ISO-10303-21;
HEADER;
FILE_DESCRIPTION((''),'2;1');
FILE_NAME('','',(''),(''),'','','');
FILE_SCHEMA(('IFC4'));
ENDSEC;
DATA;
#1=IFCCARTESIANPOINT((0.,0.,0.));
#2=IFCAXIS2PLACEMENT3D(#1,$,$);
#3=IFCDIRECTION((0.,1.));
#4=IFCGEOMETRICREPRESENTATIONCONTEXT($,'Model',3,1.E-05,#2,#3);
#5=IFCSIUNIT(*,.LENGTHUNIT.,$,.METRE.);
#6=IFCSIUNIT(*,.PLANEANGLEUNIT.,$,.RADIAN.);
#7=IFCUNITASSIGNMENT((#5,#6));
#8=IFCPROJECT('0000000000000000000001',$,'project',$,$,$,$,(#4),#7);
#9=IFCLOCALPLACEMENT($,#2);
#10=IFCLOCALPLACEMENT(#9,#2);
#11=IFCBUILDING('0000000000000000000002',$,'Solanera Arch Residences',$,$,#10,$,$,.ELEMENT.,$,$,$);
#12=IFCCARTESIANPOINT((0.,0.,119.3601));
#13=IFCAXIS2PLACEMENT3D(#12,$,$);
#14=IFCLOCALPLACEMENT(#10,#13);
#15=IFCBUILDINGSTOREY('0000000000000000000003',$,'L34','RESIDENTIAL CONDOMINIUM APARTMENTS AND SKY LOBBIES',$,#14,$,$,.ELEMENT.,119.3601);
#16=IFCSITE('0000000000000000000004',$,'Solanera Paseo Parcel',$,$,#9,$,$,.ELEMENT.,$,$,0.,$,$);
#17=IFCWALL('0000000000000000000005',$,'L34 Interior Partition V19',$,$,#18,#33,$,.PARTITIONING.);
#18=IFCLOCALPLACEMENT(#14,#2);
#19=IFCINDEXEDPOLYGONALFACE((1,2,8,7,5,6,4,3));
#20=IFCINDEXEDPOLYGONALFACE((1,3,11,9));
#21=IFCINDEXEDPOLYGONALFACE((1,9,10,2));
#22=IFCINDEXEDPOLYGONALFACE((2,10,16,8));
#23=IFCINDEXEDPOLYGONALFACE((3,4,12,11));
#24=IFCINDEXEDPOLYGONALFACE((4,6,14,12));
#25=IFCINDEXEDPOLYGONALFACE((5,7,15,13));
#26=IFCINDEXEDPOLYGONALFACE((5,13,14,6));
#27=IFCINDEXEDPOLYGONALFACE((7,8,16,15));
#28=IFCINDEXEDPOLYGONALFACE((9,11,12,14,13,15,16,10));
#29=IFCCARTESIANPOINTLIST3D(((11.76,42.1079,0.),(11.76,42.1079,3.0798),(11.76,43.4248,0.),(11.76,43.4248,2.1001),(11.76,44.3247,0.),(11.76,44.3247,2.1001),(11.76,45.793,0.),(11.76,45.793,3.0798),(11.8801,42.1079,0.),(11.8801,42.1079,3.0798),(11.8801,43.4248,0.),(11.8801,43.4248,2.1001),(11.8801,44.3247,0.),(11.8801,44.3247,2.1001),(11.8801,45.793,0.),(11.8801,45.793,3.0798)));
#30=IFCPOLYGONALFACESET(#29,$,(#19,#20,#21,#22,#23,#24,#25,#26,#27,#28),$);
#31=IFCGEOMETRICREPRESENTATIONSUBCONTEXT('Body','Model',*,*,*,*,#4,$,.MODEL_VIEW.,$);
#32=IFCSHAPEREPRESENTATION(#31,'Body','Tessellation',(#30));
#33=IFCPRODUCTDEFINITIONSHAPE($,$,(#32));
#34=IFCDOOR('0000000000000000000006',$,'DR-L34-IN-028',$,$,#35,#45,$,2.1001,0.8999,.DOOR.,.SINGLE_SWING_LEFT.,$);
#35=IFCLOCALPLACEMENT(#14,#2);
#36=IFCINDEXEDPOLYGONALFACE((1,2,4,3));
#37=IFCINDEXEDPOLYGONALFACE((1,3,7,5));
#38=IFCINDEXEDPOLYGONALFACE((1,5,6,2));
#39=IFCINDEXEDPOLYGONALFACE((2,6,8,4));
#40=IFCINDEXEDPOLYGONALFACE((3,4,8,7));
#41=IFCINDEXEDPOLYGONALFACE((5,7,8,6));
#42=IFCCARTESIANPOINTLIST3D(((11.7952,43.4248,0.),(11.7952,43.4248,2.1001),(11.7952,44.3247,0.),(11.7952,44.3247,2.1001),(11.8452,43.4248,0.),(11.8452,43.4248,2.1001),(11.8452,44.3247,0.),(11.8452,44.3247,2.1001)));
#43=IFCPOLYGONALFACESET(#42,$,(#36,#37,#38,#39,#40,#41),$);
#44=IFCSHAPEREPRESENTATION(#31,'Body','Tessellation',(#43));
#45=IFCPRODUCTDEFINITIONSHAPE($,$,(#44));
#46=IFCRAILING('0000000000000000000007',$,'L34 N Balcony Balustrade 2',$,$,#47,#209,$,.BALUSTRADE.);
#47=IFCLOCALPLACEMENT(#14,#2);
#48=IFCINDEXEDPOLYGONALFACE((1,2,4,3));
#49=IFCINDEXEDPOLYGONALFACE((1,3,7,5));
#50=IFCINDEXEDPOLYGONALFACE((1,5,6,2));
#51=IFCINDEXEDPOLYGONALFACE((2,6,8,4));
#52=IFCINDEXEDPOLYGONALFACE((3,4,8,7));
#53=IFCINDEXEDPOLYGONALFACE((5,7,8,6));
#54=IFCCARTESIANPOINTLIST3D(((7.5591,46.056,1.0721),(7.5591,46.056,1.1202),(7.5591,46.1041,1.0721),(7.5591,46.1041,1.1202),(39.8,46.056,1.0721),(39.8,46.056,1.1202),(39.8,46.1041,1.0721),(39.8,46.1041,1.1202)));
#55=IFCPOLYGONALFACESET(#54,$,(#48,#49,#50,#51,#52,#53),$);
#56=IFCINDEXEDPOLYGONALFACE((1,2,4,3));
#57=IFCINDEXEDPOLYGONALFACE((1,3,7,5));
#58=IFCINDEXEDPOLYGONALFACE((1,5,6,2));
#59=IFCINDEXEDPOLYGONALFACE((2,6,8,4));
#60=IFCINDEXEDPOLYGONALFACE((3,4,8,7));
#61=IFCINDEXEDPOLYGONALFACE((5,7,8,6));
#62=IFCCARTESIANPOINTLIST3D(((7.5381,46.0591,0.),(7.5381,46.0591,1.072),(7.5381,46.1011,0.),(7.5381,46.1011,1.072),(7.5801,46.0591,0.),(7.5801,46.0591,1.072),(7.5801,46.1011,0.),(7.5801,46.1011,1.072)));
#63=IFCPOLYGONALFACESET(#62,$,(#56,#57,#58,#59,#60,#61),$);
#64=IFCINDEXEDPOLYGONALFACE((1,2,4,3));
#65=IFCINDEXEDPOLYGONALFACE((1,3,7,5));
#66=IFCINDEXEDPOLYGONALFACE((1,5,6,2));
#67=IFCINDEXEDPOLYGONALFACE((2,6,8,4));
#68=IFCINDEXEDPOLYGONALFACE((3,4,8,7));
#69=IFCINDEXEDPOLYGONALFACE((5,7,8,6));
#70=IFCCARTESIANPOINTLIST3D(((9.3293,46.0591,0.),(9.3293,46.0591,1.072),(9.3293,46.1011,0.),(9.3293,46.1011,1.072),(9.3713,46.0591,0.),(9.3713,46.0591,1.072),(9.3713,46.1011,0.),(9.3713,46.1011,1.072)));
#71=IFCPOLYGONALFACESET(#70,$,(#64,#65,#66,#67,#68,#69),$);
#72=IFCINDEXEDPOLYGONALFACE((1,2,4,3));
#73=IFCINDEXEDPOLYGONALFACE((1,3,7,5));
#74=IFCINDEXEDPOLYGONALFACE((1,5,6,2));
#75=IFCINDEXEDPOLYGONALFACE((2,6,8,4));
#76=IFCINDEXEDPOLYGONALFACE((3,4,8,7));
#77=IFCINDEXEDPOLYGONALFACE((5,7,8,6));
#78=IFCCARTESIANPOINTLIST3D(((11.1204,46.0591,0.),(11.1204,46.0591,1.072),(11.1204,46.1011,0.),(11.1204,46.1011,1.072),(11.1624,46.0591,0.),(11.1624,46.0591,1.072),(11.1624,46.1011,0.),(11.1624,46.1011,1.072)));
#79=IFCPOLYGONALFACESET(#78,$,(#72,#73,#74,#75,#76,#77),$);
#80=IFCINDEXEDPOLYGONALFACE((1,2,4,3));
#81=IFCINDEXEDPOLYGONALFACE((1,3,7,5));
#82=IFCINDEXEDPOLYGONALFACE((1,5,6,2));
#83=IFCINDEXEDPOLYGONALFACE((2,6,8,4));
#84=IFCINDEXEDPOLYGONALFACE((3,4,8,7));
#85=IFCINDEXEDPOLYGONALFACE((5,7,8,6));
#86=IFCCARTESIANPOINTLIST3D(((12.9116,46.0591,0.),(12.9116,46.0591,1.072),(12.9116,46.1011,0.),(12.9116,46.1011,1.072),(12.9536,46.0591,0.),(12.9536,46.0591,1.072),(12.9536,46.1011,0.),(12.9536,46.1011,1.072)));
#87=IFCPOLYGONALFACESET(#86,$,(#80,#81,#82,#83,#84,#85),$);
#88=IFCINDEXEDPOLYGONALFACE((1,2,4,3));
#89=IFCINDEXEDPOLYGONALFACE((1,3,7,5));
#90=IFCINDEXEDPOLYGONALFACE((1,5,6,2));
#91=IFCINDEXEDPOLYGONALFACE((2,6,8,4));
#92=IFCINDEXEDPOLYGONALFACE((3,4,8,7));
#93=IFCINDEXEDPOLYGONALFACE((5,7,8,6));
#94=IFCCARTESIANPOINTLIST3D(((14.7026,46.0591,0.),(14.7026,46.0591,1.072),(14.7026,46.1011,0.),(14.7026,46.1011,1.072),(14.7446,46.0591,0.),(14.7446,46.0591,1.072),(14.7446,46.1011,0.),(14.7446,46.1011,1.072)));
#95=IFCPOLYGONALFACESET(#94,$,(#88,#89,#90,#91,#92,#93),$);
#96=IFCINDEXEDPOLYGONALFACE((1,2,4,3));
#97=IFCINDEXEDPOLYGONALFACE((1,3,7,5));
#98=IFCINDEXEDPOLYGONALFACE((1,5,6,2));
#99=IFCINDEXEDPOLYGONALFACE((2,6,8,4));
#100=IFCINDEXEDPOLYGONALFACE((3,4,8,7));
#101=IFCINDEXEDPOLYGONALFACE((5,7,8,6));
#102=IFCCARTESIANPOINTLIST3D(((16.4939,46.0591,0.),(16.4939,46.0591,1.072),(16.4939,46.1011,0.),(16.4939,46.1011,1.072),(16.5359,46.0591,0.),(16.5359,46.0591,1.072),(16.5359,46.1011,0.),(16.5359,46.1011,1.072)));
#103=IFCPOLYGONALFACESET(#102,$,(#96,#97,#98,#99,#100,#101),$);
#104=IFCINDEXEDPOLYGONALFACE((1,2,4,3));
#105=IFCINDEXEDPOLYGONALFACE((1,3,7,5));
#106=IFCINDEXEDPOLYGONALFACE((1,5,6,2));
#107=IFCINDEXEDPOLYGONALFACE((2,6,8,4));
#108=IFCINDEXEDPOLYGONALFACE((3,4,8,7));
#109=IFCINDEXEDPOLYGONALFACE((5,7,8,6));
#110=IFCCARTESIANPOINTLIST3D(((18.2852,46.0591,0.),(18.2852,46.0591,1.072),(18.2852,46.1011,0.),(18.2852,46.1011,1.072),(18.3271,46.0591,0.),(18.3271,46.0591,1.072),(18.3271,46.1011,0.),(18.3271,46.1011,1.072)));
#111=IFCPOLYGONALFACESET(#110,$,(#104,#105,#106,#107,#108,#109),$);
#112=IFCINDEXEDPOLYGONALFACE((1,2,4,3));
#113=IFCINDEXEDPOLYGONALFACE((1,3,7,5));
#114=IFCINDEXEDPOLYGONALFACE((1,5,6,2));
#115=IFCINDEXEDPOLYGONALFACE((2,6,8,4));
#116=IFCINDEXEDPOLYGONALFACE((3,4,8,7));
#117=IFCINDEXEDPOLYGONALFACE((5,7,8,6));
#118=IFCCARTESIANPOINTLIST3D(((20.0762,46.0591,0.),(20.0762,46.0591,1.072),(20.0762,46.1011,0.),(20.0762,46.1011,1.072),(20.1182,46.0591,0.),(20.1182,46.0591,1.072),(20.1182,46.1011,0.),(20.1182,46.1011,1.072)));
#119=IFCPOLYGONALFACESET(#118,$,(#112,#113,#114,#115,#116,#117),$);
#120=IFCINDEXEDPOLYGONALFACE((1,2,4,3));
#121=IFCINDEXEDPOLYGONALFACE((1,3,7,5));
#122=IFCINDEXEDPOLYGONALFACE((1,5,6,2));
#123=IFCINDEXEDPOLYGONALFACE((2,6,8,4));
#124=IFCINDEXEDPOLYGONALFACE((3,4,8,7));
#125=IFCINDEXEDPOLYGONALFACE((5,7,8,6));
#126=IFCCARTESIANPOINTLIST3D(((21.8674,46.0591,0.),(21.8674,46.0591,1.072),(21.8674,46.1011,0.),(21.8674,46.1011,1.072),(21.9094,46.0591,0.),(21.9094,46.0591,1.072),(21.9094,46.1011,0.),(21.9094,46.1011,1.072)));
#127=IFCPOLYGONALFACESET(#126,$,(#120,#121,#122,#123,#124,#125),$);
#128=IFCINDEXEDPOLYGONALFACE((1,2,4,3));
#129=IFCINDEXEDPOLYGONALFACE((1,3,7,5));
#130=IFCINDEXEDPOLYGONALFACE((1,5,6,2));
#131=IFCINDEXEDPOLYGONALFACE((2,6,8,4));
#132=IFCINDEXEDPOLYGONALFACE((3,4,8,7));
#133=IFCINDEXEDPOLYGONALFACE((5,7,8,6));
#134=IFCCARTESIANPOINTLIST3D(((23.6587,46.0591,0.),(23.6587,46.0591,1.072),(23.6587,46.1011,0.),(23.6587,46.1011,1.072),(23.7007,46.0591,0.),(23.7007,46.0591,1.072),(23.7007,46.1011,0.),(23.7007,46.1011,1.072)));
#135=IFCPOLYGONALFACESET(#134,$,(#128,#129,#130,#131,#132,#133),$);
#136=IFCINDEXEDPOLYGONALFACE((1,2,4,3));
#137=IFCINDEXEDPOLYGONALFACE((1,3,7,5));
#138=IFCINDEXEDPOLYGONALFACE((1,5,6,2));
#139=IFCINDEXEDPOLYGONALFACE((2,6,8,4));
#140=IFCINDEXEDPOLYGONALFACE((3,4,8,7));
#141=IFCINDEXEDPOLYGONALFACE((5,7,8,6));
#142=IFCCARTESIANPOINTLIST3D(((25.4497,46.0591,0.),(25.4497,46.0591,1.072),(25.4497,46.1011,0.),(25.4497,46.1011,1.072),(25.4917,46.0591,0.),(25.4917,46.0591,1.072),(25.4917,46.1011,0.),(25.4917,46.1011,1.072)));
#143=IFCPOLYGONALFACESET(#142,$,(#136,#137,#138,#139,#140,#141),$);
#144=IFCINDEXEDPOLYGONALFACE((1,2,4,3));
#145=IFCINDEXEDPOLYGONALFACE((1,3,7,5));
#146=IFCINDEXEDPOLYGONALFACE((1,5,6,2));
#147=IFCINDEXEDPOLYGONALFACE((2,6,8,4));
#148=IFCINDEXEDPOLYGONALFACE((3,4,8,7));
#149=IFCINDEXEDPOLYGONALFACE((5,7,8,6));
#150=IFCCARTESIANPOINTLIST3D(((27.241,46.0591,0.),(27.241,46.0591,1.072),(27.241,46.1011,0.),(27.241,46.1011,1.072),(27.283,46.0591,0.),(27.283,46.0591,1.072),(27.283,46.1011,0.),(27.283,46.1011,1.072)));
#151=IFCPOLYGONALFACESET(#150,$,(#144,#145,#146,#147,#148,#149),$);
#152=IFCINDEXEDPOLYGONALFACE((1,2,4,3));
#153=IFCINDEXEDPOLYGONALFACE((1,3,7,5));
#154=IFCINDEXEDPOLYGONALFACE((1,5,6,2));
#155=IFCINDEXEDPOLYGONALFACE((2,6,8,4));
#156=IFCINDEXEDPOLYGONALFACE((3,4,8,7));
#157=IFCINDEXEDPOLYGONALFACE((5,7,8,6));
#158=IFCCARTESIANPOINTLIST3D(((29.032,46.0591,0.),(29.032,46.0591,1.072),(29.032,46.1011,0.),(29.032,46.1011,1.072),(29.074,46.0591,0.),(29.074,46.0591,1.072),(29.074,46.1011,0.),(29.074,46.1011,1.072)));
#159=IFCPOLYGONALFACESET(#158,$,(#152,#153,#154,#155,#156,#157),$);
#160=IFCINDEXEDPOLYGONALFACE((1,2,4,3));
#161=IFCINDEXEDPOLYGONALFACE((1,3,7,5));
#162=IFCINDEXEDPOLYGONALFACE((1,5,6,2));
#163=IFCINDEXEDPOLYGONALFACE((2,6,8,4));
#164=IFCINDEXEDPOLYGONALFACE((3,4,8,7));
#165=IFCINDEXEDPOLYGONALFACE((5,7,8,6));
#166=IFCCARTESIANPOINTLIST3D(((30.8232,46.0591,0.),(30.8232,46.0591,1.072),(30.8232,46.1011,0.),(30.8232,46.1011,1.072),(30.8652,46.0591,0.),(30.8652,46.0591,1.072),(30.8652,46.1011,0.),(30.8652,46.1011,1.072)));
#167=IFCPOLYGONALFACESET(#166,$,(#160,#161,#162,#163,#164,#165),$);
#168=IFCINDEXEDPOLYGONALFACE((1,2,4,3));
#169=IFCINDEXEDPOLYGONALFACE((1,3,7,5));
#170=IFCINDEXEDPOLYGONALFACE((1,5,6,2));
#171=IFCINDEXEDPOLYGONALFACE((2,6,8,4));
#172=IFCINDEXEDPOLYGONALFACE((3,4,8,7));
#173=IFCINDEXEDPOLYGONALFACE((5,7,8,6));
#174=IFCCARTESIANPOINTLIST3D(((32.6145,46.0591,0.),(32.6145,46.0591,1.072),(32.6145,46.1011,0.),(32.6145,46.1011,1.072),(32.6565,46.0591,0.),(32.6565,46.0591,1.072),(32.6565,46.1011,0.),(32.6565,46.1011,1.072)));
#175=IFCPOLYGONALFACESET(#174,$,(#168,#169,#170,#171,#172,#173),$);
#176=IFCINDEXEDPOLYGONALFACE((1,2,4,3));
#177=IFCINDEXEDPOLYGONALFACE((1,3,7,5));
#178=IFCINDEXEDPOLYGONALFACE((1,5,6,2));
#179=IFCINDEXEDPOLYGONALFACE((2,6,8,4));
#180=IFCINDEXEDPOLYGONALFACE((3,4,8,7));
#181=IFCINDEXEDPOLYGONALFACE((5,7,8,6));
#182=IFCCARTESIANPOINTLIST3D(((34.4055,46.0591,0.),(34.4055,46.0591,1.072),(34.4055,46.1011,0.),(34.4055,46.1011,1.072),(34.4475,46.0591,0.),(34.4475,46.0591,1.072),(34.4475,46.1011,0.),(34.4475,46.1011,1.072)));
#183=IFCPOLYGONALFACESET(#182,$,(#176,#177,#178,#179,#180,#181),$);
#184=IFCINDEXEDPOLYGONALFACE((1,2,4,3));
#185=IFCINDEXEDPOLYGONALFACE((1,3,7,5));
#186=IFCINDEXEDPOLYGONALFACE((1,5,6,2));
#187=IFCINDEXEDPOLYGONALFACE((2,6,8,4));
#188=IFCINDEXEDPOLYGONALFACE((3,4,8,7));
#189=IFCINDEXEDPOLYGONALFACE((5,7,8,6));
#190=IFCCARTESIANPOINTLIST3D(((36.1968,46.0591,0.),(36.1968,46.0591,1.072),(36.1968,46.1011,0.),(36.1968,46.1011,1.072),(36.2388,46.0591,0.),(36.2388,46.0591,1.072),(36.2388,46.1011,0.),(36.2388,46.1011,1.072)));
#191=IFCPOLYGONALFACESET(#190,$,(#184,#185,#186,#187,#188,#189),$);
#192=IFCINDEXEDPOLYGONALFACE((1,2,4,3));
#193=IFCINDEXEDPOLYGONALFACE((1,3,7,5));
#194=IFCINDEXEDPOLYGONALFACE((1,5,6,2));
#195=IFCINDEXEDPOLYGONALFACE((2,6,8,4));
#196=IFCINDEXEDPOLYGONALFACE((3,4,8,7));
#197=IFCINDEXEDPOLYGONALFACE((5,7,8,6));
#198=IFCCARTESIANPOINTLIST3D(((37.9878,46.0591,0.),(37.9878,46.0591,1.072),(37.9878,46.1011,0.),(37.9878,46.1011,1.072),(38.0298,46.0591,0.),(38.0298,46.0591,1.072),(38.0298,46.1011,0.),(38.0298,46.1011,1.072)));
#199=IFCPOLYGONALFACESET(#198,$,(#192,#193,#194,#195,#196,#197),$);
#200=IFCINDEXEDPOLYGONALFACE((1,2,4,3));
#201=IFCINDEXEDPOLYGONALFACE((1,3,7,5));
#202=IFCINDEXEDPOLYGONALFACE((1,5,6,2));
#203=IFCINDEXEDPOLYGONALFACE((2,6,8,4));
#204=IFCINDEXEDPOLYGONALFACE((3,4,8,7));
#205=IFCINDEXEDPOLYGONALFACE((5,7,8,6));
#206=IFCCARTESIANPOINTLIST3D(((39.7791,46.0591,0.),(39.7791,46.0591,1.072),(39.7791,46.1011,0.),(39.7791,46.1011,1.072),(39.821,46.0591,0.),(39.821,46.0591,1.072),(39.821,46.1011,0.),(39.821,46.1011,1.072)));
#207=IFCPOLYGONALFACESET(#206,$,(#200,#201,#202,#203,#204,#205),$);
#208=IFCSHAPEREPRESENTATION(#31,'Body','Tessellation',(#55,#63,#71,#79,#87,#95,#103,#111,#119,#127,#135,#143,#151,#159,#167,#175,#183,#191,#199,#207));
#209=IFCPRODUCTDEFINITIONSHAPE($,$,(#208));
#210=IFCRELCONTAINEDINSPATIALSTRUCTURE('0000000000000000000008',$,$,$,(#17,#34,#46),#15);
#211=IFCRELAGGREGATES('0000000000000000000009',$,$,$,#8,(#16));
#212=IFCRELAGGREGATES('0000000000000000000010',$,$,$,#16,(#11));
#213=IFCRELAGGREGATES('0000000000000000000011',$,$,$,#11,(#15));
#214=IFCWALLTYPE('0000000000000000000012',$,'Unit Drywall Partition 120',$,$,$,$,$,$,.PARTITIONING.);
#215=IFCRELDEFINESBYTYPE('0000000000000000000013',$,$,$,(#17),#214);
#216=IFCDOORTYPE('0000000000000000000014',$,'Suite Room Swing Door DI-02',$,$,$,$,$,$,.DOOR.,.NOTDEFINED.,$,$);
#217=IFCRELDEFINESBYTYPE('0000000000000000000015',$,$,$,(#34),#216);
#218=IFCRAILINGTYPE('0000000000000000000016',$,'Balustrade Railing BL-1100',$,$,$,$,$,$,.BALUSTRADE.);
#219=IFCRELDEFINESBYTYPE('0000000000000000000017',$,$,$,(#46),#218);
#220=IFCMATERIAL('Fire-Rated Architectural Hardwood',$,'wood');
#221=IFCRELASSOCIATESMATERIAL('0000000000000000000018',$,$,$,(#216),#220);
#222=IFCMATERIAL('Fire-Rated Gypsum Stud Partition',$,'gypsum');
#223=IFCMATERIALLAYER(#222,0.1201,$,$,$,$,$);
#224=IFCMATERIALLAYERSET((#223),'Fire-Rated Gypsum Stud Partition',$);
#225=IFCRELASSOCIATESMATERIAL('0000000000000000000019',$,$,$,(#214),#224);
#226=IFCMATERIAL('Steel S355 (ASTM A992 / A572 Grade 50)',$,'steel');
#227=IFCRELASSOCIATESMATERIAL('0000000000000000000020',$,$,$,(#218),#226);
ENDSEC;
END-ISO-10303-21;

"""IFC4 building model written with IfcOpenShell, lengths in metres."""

from ifc_helpers import new_model, si_unit, direction, frame, frame_2d, origin, origin_2d, place, context, subcontext, project, spatial, rectangle, extrude, material, layer, layer_set, type_object, element, fill, save


model = new_model("IFC4")

# Units and contexts
model_context = context("Model", 3, precision=1e-05, world=origin(), true_north=direction((0.0, 1.0)))
body_context = subcontext(model_context, "Body", "Model", "MODEL_VIEW")
ifc_project = project(units=[si_unit("LENGTHUNIT", "METRE"), si_unit("PLANEANGLEUNIT", "RADIAN")], contexts=[model_context])

# Site, building, storey
site_placement = place(None, origin())
site = spatial("IfcSite", under=ifc_project, at=site_placement, Name="Solanera Paseo Parcel", CompositionType="ELEMENT", RefElevation=0.0)
building_placement = place(site_placement, origin())
building = spatial("IfcBuilding", under=site, at=building_placement, Name="Solanera Arch Residences", CompositionType="ELEMENT")
storey_placement = place(building_placement, frame((0.0, 0.0, 119.3601)))
storey = spatial("IfcBuildingStorey", under=building, at=storey_placement, Name="L34", Description="RESIDENTIAL CONDOMINIUM APARTMENTS AND SKY LOBBIES", CompositionType="ELEMENT", Elevation=119.3601)

# Shared definitions
ifc_material_1 = material(Name="Fire-Rated Architectural Hardwood", Category="wood")
door_type_1 = type_object("IfcDoorType", Name="Suite Room Swing Door DI-02", OperationType="NOTDEFINED", PredefinedType="DOOR", material=ifc_material_1)

# Wall, opening, door
ifc_material_2 = material(Name="Fire-Rated Gypsum Stud Partition", Category="gypsum")
ifc_layer_1 = layer(ifc_material_2, 0.1201)
ifc_layer_set_1 = layer_set([ifc_layer_1], Name="Fire-Rated Gypsum Stud Partition")
wall_type_1 = type_object("IfcWallType", Name="Unit Drywall Partition 120", PredefinedType="PARTITIONING", material=ifc_layer_set_1)
wall_1_placement = place(storey_placement, frame((11.8201, 42.1079, 0.0), z_axis=(0.0, 0.0, 1.0), x_axis=(0.0, 1.0, 0.0)))
wall_1 = element("IfcWall", 1, at=wall_1_placement, inside=storey, type_object=wall_type_1, Name="L34 Interior Partition V19", PredefinedType="PARTITIONING", context=body_context, shape_type="SweptSolid", body=[
    extrude(rectangle(XDim=3.6851, YDim=0.1201, at=frame_2d((1.8425, 0.0))), origin(), (0.0, 0.0, 1.0), 3.0798),
])
opening_1_placement = place(wall_1_placement, frame((1.3169, 0.0, 0.0)))
opening_1 = element("IfcOpeningElement", 2, at=opening_1_placement, cuts=wall_1, PredefinedType="OPENING", context=body_context, shape_type="SweptSolid", body=[
    extrude(rectangle(XDim=0.8999, YDim=2.1001, at=frame_2d((0.45, 1.05))), frame((0.0, 0.0701, 0.0), z_axis=(0.0, -1.0, 0.0), x_axis=(1.0, 0.0, 0.0)), (0.0, 0.0, 1.0), 0.1401),
])
door_1_placement = place(opening_1_placement, origin())
door_1 = element("IfcDoor", 3, at=door_1_placement, inside=storey, type_object=door_type_1, Name="DR-L34-IN-028", OperationType="SINGLE_SWING_LEFT", OverallHeight=2.1001, OverallWidth=0.8999, PredefinedType="DOOR", context=body_context, shape_type="SweptSolid", body=[
    extrude(rectangle(XDim=0.8999, YDim=2.1001, at=frame_2d((0.45, 1.05))), frame((0.0, 0.0249, 0.0), z_axis=(0.0, -1.0, 0.0), x_axis=(1.0, 0.0, 0.0)), (0.0, 0.0, 1.0), 0.05),
])
fill(opening_1, door_1)

# Railing
ifc_material_3 = material(Name="Steel S355 (ASTM A992 / A572 Grade 50)", Category="steel")
railing_type = type_object("IfcRailingType", Name="Balustrade Railing BL-1100", PredefinedType="BALUSTRADE", material=ifc_material_3)
railing_placement = place(storey_placement, frame((7.5591, 46.0801, 0.0)))
element("IfcRailing", 4, at=railing_placement, inside=storey, type_object=railing_type, Name="L34 N Balcony Balustrade 2", PredefinedType="BALUSTRADE", context=body_context, shape_type="SweptSolid", body=[
    extrude(rectangle(XDim=0.0481, YDim=0.0481, at=origin_2d()), frame((0.0, 0.0, 1.0962), z_axis=(1.0, 0.0, 0.0), x_axis=(0.0, 1.0, 0.0)), (0.0, 0.0, 1.0), 32.241),
    extrude(rectangle(XDim=0.042, YDim=0.042, at=origin_2d()), origin(), (0.0, 0.0, 1.0), 1.072),
    extrude(rectangle(XDim=0.042, YDim=0.042, at=origin_2d()), frame((1.7913, 0.0, 0.0)), (0.0, 0.0, 1.0), 1.072),
    extrude(rectangle(XDim=0.042, YDim=0.042, at=origin_2d()), frame((3.5823, 0.0, 0.0)), (0.0, 0.0, 1.0), 1.072),
    extrude(rectangle(XDim=0.042, YDim=0.042, at=origin_2d()), frame((5.3735, 0.0, 0.0)), (0.0, 0.0, 1.0), 1.072),
    extrude(rectangle(XDim=0.042, YDim=0.042, at=origin_2d()), frame((7.1646, 0.0, 0.0)), (0.0, 0.0, 1.0), 1.072),
    extrude(rectangle(XDim=0.042, YDim=0.042, at=origin_2d()), frame((8.9558, 0.0, 0.0)), (0.0, 0.0, 1.0), 1.072),
    extrude(rectangle(XDim=0.042, YDim=0.042, at=origin_2d()), frame((10.7471, 0.0, 0.0)), (0.0, 0.0, 1.0), 1.072),
    extrude(rectangle(XDim=0.042, YDim=0.042, at=origin_2d()), frame((12.5381, 0.0, 0.0)), (0.0, 0.0, 1.0), 1.072),
    extrude(rectangle(XDim=0.042, YDim=0.042, at=origin_2d()), frame((14.3293, 0.0, 0.0)), (0.0, 0.0, 1.0), 1.072),
    extrude(rectangle(XDim=0.042, YDim=0.042, at=origin_2d()), frame((16.1206, 0.0, 0.0)), (0.0, 0.0, 1.0), 1.072),
    extrude(rectangle(XDim=0.042, YDim=0.042, at=origin_2d()), frame((17.9116, 0.0, 0.0)), (0.0, 0.0, 1.0), 1.072),
    extrude(rectangle(XDim=0.042, YDim=0.042, at=origin_2d()), frame((19.7029, 0.0, 0.0)), (0.0, 0.0, 1.0), 1.072),
    extrude(rectangle(XDim=0.042, YDim=0.042, at=origin_2d()), frame((21.4939, 0.0, 0.0)), (0.0, 0.0, 1.0), 1.072),
    extrude(rectangle(XDim=0.042, YDim=0.042, at=origin_2d()), frame((23.2852, 0.0, 0.0)), (0.0, 0.0, 1.0), 1.072),
    extrude(rectangle(XDim=0.042, YDim=0.042, at=origin_2d()), frame((25.0764, 0.0, 0.0)), (0.0, 0.0, 1.0), 1.072),
    extrude(rectangle(XDim=0.042, YDim=0.042, at=origin_2d()), frame((26.8674, 0.0, 0.0)), (0.0, 0.0, 1.0), 1.072),
    extrude(rectangle(XDim=0.042, YDim=0.042, at=origin_2d()), frame((28.6587, 0.0, 0.0)), (0.0, 0.0, 1.0), 1.072),
    extrude(rectangle(XDim=0.042, YDim=0.042, at=origin_2d()), frame((30.4497, 0.0, 0.0)), (0.0, 0.0, 1.0), 1.072),
    extrude(rectangle(XDim=0.042, YDim=0.042, at=origin_2d()), frame((32.241, 0.0, 0.0)), (0.0, 0.0, 1.0), 1.072),
])

save(model, "model.ifc")
